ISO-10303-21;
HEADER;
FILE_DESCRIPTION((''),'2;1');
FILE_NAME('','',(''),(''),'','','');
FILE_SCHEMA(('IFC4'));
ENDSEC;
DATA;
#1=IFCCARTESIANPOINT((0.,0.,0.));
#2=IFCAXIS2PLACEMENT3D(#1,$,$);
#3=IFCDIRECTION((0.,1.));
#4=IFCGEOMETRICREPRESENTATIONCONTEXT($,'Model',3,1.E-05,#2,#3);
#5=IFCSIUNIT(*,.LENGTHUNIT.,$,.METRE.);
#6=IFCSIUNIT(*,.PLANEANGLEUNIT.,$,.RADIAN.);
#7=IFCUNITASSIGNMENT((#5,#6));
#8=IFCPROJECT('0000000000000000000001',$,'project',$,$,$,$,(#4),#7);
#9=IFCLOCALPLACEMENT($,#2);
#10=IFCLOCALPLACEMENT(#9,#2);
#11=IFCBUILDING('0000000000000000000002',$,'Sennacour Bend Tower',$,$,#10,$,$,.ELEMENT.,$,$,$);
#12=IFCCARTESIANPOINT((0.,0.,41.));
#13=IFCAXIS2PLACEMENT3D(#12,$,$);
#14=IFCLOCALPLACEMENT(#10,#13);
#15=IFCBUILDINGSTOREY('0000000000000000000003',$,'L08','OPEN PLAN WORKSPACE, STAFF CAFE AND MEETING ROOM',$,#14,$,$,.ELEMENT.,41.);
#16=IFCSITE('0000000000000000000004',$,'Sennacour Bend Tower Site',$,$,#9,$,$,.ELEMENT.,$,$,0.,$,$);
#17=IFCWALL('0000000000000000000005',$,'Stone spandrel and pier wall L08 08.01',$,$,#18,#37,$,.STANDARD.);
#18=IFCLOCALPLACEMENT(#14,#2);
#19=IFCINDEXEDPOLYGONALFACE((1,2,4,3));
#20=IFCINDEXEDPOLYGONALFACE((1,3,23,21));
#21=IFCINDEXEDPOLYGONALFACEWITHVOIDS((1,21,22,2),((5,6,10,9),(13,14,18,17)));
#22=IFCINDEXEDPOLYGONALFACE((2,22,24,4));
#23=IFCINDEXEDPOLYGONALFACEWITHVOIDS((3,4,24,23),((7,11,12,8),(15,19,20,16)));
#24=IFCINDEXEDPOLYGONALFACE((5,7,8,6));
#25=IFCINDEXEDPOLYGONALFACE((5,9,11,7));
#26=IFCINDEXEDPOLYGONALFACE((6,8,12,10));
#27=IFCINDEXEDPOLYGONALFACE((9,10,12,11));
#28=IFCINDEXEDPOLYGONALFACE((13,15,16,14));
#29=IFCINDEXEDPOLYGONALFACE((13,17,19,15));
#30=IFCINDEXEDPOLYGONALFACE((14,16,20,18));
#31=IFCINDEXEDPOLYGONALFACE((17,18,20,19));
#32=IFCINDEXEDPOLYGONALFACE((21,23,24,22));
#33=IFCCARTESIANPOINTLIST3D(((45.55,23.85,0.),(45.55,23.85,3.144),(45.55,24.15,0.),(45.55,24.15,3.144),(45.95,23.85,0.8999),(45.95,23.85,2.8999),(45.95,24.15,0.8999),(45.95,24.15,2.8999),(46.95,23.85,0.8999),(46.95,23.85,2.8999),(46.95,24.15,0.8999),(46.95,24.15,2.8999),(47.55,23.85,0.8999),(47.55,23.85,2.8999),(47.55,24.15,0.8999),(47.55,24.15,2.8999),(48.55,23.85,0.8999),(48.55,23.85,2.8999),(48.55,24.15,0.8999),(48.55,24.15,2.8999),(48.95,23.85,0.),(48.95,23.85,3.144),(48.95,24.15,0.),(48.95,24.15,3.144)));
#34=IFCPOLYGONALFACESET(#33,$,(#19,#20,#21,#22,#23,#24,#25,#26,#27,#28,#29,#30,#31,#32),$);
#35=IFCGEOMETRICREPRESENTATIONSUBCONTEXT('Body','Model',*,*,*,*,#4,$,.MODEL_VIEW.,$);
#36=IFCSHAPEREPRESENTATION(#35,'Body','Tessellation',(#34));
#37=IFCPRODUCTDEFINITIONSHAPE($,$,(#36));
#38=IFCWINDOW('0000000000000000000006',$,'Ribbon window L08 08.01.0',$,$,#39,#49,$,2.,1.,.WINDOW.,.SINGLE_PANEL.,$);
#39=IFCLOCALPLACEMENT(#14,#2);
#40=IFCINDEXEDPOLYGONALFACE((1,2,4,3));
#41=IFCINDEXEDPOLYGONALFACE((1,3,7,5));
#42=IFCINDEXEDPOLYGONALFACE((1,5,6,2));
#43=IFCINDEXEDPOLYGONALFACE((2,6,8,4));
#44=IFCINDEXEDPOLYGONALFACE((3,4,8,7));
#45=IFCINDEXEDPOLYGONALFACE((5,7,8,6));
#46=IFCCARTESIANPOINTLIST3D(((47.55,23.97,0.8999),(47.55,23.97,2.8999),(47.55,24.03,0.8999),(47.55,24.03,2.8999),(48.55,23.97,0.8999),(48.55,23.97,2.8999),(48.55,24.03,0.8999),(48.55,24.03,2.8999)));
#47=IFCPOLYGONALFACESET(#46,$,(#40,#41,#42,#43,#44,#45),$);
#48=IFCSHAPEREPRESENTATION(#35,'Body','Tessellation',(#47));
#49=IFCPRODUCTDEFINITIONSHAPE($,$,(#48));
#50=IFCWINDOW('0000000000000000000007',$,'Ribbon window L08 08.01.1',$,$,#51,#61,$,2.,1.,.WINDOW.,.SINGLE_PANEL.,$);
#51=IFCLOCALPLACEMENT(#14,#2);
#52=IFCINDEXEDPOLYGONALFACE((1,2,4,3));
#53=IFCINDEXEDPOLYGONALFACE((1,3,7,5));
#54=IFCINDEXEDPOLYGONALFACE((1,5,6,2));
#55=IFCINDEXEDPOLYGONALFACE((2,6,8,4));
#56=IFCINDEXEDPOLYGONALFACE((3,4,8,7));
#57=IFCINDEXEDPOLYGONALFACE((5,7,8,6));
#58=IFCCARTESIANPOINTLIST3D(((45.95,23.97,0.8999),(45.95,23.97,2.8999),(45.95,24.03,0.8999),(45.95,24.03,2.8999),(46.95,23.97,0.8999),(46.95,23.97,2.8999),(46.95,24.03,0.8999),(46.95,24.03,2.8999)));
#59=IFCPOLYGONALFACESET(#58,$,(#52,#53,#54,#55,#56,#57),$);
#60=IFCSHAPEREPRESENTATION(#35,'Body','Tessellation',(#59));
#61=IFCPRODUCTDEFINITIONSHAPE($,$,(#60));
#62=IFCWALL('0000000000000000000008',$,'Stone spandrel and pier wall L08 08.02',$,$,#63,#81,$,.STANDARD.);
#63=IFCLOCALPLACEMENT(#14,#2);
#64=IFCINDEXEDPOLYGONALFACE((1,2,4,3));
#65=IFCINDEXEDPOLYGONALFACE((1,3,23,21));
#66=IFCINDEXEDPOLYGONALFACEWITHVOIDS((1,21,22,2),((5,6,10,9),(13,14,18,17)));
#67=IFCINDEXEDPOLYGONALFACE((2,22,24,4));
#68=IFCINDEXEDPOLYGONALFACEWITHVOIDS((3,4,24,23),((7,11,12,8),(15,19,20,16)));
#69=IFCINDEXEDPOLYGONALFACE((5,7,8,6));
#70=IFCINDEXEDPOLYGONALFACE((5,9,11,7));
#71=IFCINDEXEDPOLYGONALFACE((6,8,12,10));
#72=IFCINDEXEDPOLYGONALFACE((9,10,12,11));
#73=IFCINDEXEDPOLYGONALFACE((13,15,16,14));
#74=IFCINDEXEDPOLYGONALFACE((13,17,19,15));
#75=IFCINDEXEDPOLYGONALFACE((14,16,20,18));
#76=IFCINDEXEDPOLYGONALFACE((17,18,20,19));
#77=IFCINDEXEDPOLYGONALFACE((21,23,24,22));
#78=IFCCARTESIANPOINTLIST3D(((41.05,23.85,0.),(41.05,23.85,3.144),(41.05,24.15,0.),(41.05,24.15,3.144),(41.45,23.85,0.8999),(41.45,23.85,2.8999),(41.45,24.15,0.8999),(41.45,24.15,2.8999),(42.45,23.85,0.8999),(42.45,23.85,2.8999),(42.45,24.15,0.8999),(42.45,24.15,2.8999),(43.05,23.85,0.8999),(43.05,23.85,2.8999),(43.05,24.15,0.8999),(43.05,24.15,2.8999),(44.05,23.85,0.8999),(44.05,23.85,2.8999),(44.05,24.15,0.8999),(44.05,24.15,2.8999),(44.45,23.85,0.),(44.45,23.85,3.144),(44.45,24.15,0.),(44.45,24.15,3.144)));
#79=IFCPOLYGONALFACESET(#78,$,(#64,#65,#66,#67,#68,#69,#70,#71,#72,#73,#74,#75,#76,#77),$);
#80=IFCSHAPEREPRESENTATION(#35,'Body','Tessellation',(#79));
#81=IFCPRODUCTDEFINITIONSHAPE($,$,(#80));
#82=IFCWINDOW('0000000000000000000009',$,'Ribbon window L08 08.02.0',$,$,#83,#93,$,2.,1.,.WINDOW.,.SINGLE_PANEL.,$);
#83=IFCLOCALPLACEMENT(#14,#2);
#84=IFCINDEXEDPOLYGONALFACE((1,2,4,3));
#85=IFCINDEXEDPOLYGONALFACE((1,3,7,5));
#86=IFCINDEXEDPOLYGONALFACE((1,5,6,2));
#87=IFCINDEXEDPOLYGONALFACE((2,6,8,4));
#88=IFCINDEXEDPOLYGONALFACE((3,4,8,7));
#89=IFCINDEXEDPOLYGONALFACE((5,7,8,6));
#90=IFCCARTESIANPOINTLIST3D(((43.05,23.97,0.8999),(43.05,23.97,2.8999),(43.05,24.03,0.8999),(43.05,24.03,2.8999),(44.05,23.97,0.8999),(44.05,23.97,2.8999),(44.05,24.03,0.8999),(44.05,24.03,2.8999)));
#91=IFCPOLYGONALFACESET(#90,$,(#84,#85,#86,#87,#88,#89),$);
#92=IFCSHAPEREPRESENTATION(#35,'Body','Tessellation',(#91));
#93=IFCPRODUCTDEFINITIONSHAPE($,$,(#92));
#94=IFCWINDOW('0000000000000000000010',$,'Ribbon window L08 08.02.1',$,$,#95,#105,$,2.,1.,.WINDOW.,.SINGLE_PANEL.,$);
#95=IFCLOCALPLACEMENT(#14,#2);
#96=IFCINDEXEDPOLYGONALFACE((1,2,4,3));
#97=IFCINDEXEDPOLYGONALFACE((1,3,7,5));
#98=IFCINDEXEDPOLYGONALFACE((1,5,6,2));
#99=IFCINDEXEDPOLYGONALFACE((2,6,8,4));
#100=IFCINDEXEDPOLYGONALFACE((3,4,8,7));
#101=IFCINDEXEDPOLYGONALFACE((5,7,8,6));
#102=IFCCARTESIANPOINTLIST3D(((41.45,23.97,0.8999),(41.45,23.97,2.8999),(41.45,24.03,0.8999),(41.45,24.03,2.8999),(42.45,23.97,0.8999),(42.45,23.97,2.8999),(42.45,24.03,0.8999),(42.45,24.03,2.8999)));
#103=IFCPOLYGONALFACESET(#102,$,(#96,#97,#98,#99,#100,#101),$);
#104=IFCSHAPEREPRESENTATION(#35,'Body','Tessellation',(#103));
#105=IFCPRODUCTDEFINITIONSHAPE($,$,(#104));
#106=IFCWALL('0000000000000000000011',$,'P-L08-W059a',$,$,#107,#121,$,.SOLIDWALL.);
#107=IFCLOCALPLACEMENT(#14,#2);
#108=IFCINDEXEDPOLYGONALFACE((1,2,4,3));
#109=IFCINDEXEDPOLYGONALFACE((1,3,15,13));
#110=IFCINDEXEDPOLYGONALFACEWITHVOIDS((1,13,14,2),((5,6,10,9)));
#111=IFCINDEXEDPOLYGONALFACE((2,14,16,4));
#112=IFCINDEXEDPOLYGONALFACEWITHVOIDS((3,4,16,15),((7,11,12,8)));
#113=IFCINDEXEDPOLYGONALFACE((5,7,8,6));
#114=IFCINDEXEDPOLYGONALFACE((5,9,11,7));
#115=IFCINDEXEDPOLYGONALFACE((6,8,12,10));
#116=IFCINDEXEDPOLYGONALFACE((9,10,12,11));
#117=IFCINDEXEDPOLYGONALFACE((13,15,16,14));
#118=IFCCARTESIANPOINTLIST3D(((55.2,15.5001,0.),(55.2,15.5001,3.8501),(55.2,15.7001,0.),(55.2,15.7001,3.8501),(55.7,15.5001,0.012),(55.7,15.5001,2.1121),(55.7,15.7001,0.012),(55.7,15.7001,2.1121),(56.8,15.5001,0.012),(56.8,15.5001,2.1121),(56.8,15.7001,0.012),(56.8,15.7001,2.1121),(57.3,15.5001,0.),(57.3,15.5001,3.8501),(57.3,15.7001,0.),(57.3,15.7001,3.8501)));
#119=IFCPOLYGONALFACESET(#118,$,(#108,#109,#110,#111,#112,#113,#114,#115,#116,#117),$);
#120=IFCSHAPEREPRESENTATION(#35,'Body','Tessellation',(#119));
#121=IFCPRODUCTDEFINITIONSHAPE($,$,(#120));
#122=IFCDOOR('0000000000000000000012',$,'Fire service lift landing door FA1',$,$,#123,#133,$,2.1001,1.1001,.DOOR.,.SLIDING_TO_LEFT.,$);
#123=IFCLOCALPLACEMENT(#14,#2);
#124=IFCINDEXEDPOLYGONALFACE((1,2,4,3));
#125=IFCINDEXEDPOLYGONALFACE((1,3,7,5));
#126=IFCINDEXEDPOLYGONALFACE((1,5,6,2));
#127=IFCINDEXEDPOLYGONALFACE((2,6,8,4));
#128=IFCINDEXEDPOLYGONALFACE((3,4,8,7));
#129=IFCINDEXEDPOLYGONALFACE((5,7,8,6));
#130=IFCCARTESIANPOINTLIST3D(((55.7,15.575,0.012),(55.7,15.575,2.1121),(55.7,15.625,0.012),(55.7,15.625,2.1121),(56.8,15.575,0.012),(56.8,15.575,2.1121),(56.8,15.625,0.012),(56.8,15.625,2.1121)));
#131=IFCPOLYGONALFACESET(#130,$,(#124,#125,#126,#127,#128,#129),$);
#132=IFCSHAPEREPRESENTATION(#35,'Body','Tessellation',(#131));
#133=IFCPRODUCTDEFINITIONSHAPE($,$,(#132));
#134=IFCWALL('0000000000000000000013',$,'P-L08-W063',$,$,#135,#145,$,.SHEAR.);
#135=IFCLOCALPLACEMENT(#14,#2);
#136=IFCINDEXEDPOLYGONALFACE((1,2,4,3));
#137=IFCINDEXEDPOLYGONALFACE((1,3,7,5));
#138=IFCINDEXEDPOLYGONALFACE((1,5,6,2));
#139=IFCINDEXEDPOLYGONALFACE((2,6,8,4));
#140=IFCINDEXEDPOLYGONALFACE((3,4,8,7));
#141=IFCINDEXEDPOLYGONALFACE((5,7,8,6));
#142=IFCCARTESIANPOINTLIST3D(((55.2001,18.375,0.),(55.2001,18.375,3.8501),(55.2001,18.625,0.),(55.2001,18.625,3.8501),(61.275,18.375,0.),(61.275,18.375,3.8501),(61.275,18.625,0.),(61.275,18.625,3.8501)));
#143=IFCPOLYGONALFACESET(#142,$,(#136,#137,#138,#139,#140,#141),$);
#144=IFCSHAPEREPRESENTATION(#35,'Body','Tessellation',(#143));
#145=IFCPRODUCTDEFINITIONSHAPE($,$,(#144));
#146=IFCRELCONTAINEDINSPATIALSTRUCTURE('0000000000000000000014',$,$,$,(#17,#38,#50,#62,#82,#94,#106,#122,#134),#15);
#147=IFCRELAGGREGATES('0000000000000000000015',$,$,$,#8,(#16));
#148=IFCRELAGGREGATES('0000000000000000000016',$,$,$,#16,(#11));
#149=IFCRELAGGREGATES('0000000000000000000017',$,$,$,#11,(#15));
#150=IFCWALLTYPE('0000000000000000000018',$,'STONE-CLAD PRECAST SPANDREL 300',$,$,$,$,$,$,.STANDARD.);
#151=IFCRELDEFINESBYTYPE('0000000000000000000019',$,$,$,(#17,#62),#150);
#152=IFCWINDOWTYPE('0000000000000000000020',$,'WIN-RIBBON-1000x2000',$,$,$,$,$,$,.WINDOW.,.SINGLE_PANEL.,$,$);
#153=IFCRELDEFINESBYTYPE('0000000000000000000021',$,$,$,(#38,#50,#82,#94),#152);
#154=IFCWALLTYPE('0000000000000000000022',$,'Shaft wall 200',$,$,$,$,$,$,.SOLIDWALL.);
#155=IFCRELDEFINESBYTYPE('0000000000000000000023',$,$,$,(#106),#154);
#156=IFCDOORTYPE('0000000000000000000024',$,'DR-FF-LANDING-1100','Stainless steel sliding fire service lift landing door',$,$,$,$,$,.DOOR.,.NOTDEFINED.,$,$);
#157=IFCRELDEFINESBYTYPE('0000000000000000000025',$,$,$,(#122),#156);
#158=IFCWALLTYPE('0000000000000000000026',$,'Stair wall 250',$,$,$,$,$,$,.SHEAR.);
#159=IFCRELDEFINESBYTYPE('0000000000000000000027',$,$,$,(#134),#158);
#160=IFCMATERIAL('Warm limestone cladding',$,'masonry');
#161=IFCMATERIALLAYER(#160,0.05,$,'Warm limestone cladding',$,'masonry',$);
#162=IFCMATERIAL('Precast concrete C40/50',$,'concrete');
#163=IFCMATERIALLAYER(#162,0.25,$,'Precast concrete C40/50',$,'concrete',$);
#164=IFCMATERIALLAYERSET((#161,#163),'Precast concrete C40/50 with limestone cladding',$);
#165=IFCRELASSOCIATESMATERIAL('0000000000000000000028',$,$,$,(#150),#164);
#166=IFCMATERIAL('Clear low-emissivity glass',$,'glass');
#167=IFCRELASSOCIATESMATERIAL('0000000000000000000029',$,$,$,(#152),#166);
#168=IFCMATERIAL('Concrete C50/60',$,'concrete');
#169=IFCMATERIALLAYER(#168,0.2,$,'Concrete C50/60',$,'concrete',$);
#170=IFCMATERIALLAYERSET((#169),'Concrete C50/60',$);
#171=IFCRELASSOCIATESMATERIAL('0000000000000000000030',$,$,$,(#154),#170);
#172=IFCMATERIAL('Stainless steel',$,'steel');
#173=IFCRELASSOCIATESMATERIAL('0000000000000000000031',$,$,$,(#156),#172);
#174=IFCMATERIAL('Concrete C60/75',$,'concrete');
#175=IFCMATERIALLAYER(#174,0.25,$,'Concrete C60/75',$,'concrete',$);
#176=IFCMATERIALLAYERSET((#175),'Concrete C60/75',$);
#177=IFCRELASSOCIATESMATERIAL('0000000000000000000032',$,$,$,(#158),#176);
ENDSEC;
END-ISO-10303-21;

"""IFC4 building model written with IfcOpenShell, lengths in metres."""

from ifc_helpers import new_model, si_unit, direction, frame, frame_2d, origin, place, context, subcontext, project, spatial, rectangle, extrude, material, layer, layer_set, type_object, element, fill, save


model = new_model("IFC4")

# Units and contexts
model_context = context("Model", 3, precision=1e-05, world=origin(), true_north=direction((0.0, 1.0)))
body_context = subcontext(model_context, "Body", "Model", "MODEL_VIEW")
ifc_project = project(units=[si_unit("LENGTHUNIT", "METRE"), si_unit("PLANEANGLEUNIT", "RADIAN")], contexts=[model_context])

# Site, building, storey
site_placement = place(None, origin())
site = spatial("IfcSite", under=ifc_project, at=site_placement, Name="Sennacour Bend Tower Site", CompositionType="ELEMENT", RefElevation=0.0)
building_placement = place(site_placement, origin())
building = spatial("IfcBuilding", under=site, at=building_placement, Name="Sennacour Bend Tower", CompositionType="ELEMENT")
storey_placement = place(building_placement, frame((0.0, 0.0, 41.0)))
storey = spatial("IfcBuildingStorey", under=building, at=storey_placement, Name="L08", Description="OPEN PLAN WORKSPACE, STAFF CAFE AND MEETING ROOM", CompositionType="ELEMENT", Elevation=41.0)

# Shared definitions
ifc_material_1 = material(Name="Warm limestone cladding", Category="masonry")
ifc_layer_1 = layer(ifc_material_1, 0.05, Name="Warm limestone cladding", Category="masonry")
ifc_material_2 = material(Name="Precast concrete C40/50", Category="concrete")
ifc_layer_2 = layer(ifc_material_2, 0.25, Name="Precast concrete C40/50", Category="concrete")
ifc_layer_set_1 = layer_set([ifc_layer_1, ifc_layer_2], Name="Precast concrete C40/50 with limestone cladding")
wall_type_1 = type_object("IfcWallType", Name="STONE-CLAD PRECAST SPANDREL 300", PredefinedType="STANDARD", material=ifc_layer_set_1)

# Walls, openings, windows
ifc_material_3 = material(Name="Clear low-emissivity glass", Category="glass")
window_type = type_object("IfcWindowType", Name="WIN-RIBBON-1000x2000", PartitioningType="SINGLE_PANEL", PredefinedType="WINDOW", material=ifc_material_3)
wall_1_placement = place(storey_placement, frame((48.95, 24.0, 0.0), z_axis=(0.0, 0.0, 1.0), x_axis=(-1.0, 0.0, 0.0)))
wall_1 = element("IfcWall", 1, at=wall_1_placement, inside=storey, type_object=wall_type_1, Name="Stone spandrel and pier wall L08 08.01", PredefinedType="STANDARD", context=body_context, shape_type="SweptSolid", body=[
    extrude(rectangle(XDim=3.3999, YDim=0.3, at=frame_2d((1.7, 0.0))), origin(), (0.0, 0.0, 1.0), 3.144),
])
opening_1_placement = place(wall_1_placement, frame((0.3999, 0.0, 0.8999)))
opening_1 = element("IfcOpeningElement", 2, at=opening_1_placement, cuts=wall_1, PredefinedType="OPENING", context=body_context, shape_type="SweptSolid", body=[
    extrude(rectangle(XDim=1.0, YDim=2.0, at=frame_2d((0.5, 1.0))), frame((0.0, 0.1602, 0.0), z_axis=(0.0, -1.0, 0.0), x_axis=(1.0, 0.0, 0.0)), (0.0, 0.0, 1.0), 0.3201),
])
opening_2_placement = place(wall_1_placement, frame((2.0, 0.0, 0.8999)))
opening_2 = element("IfcOpeningElement", 3, at=opening_2_placement, cuts=wall_1, PredefinedType="OPENING", context=body_context, shape_type="SweptSolid", body=[
    extrude(rectangle(XDim=1.0, YDim=2.0, at=frame_2d((0.5, 1.0))), frame((0.0, 0.1602, 0.0), z_axis=(0.0, -1.0, 0.0), x_axis=(1.0, 0.0, 0.0)), (0.0, 0.0, 1.0), 0.3201),
])
window_1_placement = place(opening_1_placement, origin())
window_1 = element("IfcWindow", 4, at=window_1_placement, inside=storey, type_object=window_type, Name="Ribbon window L08 08.01.0", OverallHeight=2.0, OverallWidth=1.0, PartitioningType="SINGLE_PANEL", PredefinedType="WINDOW", context=body_context, shape_type="SweptSolid", body=[
    extrude(rectangle(XDim=1.0, YDim=2.0, at=frame_2d((0.5, 1.0))), frame((0.0, 0.03, 0.0), z_axis=(0.0, -1.0, 0.0), x_axis=(1.0, 0.0, 0.0)), (0.0, 0.0, 1.0), 0.0601),
])
fill(opening_1, window_1)
window_2_placement = place(opening_2_placement, origin())
window_2 = element("IfcWindow", 5, at=window_2_placement, inside=storey, type_object=window_type, Name="Ribbon window L08 08.01.1", OverallHeight=2.0, OverallWidth=1.0, PartitioningType="SINGLE_PANEL", PredefinedType="WINDOW", context=body_context, shape_type="SweptSolid", body=[
    extrude(rectangle(XDim=1.0, YDim=2.0, at=frame_2d((0.5, 1.0))), frame((0.0, 0.03, 0.0), z_axis=(0.0, -1.0, 0.0), x_axis=(1.0, 0.0, 0.0)), (0.0, 0.0, 1.0), 0.0601),
])
fill(opening_2, window_2)
wall_2_placement = place(storey_placement, frame((44.45, 24.0, 0.0), z_axis=(0.0, 0.0, 1.0), x_axis=(-1.0, 0.0, 0.0)))
wall_2 = element("IfcWall", 6, at=wall_2_placement, inside=storey, type_object=wall_type_1, Name="Stone spandrel and pier wall L08 08.02", PredefinedType="STANDARD", context=body_context, shape_type="SweptSolid", body=[
    extrude(rectangle(XDim=3.3999, YDim=0.3, at=frame_2d((1.7, 0.0))), origin(), (0.0, 0.0, 1.0), 3.144),
])
opening_3_placement = place(wall_2_placement, frame((0.3999, 0.0, 0.8999)))
opening_3 = element("IfcOpeningElement", 7, at=opening_3_placement, cuts=wall_2, PredefinedType="OPENING", context=body_context, shape_type="SweptSolid", body=[
    extrude(rectangle(XDim=1.0, YDim=2.0, at=frame_2d((0.5, 1.0))), frame((0.0, 0.1602, 0.0), z_axis=(0.0, -1.0, 0.0), x_axis=(1.0, 0.0, 0.0)), (0.0, 0.0, 1.0), 0.3201),
])
opening_4_placement = place(wall_2_placement, frame((2.0, 0.0, 0.8999)))
opening_4 = element("IfcOpeningElement", 8, at=opening_4_placement, cuts=wall_2, PredefinedType="OPENING", context=body_context, shape_type="SweptSolid", body=[
    extrude(rectangle(XDim=1.0, YDim=2.0, at=frame_2d((0.5, 1.0))), frame((0.0, 0.1602, 0.0), z_axis=(0.0, -1.0, 0.0), x_axis=(1.0, 0.0, 0.0)), (0.0, 0.0, 1.0), 0.3201),
])
window_3_placement = place(opening_3_placement, origin())
window_3 = element("IfcWindow", 9, at=window_3_placement, inside=storey, type_object=window_type, Name="Ribbon window L08 08.02.0", OverallHeight=2.0, OverallWidth=1.0, PartitioningType="SINGLE_PANEL", PredefinedType="WINDOW", context=body_context, shape_type="SweptSolid", body=[
    extrude(rectangle(XDim=1.0, YDim=2.0, at=frame_2d((0.5, 1.0))), frame((0.0, 0.03, 0.0), z_axis=(0.0, -1.0, 0.0), x_axis=(1.0, 0.0, 0.0)), (0.0, 0.0, 1.0), 0.0601),
])
fill(opening_3, window_3)
window_4_placement = place(opening_4_placement, origin())
window_4 = element("IfcWindow", 10, at=window_4_placement, inside=storey, type_object=window_type, Name="Ribbon window L08 08.02.1", OverallHeight=2.0, OverallWidth=1.0, PartitioningType="SINGLE_PANEL", PredefinedType="WINDOW", context=body_context, shape_type="SweptSolid", body=[
    extrude(rectangle(XDim=1.0, YDim=2.0, at=frame_2d((0.5, 1.0))), frame((0.0, 0.03, 0.0), z_axis=(0.0, -1.0, 0.0), x_axis=(1.0, 0.0, 0.0)), (0.0, 0.0, 1.0), 0.0601),
])
fill(opening_4, window_4)

# Wall, opening, door
ifc_material_4 = material(Name="Concrete C50/60", Category="concrete")
ifc_layer_3 = layer(ifc_material_4, 0.2, Name="Concrete C50/60", Category="concrete")
ifc_layer_set_2 = layer_set([ifc_layer_3], Name="Concrete C50/60")
wall_type_2 = type_object("IfcWallType", Name="Shaft wall 200", PredefinedType="SOLIDWALL", material=ifc_layer_set_2)
wall_3_placement = place(storey_placement, frame((55.2, 15.6001, 0.0), z_axis=(0.0, 0.0, 1.0), x_axis=(1.0, 0.0, 0.0)))
wall_3 = element("IfcWall", 11, at=wall_3_placement, inside=storey, type_object=wall_type_2, Name="P-L08-W059a", PredefinedType="SOLIDWALL", context=body_context, shape_type="SweptSolid", body=[
    extrude(rectangle(XDim=2.1001, YDim=0.2, at=frame_2d((1.05, 0.0))), origin(), (0.0, 0.0, 1.0), 3.8501),
])
opening_5_placement = place(wall_3_placement, frame((0.5, 0.0, 0.012)))
opening_5 = element("IfcOpeningElement", 12, at=opening_5_placement, cuts=wall_3, PredefinedType="OPENING", context=body_context, shape_type="SweptSolid", body=[
    extrude(rectangle(XDim=1.1001, YDim=2.1001, at=frame_2d((0.55, 1.05))), frame((0.0, 0.1099, 0.0), z_axis=(0.0, -1.0, 0.0), x_axis=(1.0, 0.0, 0.0)), (0.0, 0.0, 1.0), 0.22),
])
ifc_material_5 = material(Name="Stainless steel", Category="steel")
door_type = type_object("IfcDoorType", Name="DR-FF-LANDING-1100", Description="Stainless steel sliding fire service lift landing door", OperationType="NOTDEFINED", PredefinedType="DOOR", material=ifc_material_5)
door_placement = place(opening_5_placement, origin())
door = element("IfcDoor", 13, at=door_placement, inside=storey, type_object=door_type, Name="Fire service lift landing door FA1", OperationType="SLIDING_TO_LEFT", OverallHeight=2.1001, OverallWidth=1.1001, PredefinedType="DOOR", context=body_context, shape_type="SweptSolid", body=[
    extrude(rectangle(XDim=1.1001, YDim=2.1001, at=frame_2d((0.55, 1.05))), frame((0.0, 0.0249, 0.0), z_axis=(0.0, -1.0, 0.0), x_axis=(1.0, 0.0, 0.0)), (0.0, 0.0, 1.0), 0.05),
])
fill(opening_5, door)

# Wall
ifc_material_6 = material(Name="Concrete C60/75", Category="concrete")
ifc_layer_4 = layer(ifc_material_6, 0.25, Name="Concrete C60/75", Category="concrete")
ifc_layer_set_3 = layer_set([ifc_layer_4], Name="Concrete C60/75")
wall_type_3 = type_object("IfcWallType", Name="Stair wall 250", PredefinedType="SHEAR", material=ifc_layer_set_3)
wall_4_placement = place(storey_placement, frame((55.2, 18.5, 0.0), z_axis=(0.0, 0.0, 1.0), x_axis=(1.0, 0.0, 0.0)))
element("IfcWall", 14, at=wall_4_placement, inside=storey, type_object=wall_type_3, Name="P-L08-W063", PredefinedType="SHEAR", context=body_context, shape_type="SweptSolid", body=[
    extrude(rectangle(XDim=6.075, YDim=0.25, at=frame_2d((3.0376, 0.0))), origin(), (0.0, 0.0, 1.0), 3.8501),
])

save(model, "model.ifc")
